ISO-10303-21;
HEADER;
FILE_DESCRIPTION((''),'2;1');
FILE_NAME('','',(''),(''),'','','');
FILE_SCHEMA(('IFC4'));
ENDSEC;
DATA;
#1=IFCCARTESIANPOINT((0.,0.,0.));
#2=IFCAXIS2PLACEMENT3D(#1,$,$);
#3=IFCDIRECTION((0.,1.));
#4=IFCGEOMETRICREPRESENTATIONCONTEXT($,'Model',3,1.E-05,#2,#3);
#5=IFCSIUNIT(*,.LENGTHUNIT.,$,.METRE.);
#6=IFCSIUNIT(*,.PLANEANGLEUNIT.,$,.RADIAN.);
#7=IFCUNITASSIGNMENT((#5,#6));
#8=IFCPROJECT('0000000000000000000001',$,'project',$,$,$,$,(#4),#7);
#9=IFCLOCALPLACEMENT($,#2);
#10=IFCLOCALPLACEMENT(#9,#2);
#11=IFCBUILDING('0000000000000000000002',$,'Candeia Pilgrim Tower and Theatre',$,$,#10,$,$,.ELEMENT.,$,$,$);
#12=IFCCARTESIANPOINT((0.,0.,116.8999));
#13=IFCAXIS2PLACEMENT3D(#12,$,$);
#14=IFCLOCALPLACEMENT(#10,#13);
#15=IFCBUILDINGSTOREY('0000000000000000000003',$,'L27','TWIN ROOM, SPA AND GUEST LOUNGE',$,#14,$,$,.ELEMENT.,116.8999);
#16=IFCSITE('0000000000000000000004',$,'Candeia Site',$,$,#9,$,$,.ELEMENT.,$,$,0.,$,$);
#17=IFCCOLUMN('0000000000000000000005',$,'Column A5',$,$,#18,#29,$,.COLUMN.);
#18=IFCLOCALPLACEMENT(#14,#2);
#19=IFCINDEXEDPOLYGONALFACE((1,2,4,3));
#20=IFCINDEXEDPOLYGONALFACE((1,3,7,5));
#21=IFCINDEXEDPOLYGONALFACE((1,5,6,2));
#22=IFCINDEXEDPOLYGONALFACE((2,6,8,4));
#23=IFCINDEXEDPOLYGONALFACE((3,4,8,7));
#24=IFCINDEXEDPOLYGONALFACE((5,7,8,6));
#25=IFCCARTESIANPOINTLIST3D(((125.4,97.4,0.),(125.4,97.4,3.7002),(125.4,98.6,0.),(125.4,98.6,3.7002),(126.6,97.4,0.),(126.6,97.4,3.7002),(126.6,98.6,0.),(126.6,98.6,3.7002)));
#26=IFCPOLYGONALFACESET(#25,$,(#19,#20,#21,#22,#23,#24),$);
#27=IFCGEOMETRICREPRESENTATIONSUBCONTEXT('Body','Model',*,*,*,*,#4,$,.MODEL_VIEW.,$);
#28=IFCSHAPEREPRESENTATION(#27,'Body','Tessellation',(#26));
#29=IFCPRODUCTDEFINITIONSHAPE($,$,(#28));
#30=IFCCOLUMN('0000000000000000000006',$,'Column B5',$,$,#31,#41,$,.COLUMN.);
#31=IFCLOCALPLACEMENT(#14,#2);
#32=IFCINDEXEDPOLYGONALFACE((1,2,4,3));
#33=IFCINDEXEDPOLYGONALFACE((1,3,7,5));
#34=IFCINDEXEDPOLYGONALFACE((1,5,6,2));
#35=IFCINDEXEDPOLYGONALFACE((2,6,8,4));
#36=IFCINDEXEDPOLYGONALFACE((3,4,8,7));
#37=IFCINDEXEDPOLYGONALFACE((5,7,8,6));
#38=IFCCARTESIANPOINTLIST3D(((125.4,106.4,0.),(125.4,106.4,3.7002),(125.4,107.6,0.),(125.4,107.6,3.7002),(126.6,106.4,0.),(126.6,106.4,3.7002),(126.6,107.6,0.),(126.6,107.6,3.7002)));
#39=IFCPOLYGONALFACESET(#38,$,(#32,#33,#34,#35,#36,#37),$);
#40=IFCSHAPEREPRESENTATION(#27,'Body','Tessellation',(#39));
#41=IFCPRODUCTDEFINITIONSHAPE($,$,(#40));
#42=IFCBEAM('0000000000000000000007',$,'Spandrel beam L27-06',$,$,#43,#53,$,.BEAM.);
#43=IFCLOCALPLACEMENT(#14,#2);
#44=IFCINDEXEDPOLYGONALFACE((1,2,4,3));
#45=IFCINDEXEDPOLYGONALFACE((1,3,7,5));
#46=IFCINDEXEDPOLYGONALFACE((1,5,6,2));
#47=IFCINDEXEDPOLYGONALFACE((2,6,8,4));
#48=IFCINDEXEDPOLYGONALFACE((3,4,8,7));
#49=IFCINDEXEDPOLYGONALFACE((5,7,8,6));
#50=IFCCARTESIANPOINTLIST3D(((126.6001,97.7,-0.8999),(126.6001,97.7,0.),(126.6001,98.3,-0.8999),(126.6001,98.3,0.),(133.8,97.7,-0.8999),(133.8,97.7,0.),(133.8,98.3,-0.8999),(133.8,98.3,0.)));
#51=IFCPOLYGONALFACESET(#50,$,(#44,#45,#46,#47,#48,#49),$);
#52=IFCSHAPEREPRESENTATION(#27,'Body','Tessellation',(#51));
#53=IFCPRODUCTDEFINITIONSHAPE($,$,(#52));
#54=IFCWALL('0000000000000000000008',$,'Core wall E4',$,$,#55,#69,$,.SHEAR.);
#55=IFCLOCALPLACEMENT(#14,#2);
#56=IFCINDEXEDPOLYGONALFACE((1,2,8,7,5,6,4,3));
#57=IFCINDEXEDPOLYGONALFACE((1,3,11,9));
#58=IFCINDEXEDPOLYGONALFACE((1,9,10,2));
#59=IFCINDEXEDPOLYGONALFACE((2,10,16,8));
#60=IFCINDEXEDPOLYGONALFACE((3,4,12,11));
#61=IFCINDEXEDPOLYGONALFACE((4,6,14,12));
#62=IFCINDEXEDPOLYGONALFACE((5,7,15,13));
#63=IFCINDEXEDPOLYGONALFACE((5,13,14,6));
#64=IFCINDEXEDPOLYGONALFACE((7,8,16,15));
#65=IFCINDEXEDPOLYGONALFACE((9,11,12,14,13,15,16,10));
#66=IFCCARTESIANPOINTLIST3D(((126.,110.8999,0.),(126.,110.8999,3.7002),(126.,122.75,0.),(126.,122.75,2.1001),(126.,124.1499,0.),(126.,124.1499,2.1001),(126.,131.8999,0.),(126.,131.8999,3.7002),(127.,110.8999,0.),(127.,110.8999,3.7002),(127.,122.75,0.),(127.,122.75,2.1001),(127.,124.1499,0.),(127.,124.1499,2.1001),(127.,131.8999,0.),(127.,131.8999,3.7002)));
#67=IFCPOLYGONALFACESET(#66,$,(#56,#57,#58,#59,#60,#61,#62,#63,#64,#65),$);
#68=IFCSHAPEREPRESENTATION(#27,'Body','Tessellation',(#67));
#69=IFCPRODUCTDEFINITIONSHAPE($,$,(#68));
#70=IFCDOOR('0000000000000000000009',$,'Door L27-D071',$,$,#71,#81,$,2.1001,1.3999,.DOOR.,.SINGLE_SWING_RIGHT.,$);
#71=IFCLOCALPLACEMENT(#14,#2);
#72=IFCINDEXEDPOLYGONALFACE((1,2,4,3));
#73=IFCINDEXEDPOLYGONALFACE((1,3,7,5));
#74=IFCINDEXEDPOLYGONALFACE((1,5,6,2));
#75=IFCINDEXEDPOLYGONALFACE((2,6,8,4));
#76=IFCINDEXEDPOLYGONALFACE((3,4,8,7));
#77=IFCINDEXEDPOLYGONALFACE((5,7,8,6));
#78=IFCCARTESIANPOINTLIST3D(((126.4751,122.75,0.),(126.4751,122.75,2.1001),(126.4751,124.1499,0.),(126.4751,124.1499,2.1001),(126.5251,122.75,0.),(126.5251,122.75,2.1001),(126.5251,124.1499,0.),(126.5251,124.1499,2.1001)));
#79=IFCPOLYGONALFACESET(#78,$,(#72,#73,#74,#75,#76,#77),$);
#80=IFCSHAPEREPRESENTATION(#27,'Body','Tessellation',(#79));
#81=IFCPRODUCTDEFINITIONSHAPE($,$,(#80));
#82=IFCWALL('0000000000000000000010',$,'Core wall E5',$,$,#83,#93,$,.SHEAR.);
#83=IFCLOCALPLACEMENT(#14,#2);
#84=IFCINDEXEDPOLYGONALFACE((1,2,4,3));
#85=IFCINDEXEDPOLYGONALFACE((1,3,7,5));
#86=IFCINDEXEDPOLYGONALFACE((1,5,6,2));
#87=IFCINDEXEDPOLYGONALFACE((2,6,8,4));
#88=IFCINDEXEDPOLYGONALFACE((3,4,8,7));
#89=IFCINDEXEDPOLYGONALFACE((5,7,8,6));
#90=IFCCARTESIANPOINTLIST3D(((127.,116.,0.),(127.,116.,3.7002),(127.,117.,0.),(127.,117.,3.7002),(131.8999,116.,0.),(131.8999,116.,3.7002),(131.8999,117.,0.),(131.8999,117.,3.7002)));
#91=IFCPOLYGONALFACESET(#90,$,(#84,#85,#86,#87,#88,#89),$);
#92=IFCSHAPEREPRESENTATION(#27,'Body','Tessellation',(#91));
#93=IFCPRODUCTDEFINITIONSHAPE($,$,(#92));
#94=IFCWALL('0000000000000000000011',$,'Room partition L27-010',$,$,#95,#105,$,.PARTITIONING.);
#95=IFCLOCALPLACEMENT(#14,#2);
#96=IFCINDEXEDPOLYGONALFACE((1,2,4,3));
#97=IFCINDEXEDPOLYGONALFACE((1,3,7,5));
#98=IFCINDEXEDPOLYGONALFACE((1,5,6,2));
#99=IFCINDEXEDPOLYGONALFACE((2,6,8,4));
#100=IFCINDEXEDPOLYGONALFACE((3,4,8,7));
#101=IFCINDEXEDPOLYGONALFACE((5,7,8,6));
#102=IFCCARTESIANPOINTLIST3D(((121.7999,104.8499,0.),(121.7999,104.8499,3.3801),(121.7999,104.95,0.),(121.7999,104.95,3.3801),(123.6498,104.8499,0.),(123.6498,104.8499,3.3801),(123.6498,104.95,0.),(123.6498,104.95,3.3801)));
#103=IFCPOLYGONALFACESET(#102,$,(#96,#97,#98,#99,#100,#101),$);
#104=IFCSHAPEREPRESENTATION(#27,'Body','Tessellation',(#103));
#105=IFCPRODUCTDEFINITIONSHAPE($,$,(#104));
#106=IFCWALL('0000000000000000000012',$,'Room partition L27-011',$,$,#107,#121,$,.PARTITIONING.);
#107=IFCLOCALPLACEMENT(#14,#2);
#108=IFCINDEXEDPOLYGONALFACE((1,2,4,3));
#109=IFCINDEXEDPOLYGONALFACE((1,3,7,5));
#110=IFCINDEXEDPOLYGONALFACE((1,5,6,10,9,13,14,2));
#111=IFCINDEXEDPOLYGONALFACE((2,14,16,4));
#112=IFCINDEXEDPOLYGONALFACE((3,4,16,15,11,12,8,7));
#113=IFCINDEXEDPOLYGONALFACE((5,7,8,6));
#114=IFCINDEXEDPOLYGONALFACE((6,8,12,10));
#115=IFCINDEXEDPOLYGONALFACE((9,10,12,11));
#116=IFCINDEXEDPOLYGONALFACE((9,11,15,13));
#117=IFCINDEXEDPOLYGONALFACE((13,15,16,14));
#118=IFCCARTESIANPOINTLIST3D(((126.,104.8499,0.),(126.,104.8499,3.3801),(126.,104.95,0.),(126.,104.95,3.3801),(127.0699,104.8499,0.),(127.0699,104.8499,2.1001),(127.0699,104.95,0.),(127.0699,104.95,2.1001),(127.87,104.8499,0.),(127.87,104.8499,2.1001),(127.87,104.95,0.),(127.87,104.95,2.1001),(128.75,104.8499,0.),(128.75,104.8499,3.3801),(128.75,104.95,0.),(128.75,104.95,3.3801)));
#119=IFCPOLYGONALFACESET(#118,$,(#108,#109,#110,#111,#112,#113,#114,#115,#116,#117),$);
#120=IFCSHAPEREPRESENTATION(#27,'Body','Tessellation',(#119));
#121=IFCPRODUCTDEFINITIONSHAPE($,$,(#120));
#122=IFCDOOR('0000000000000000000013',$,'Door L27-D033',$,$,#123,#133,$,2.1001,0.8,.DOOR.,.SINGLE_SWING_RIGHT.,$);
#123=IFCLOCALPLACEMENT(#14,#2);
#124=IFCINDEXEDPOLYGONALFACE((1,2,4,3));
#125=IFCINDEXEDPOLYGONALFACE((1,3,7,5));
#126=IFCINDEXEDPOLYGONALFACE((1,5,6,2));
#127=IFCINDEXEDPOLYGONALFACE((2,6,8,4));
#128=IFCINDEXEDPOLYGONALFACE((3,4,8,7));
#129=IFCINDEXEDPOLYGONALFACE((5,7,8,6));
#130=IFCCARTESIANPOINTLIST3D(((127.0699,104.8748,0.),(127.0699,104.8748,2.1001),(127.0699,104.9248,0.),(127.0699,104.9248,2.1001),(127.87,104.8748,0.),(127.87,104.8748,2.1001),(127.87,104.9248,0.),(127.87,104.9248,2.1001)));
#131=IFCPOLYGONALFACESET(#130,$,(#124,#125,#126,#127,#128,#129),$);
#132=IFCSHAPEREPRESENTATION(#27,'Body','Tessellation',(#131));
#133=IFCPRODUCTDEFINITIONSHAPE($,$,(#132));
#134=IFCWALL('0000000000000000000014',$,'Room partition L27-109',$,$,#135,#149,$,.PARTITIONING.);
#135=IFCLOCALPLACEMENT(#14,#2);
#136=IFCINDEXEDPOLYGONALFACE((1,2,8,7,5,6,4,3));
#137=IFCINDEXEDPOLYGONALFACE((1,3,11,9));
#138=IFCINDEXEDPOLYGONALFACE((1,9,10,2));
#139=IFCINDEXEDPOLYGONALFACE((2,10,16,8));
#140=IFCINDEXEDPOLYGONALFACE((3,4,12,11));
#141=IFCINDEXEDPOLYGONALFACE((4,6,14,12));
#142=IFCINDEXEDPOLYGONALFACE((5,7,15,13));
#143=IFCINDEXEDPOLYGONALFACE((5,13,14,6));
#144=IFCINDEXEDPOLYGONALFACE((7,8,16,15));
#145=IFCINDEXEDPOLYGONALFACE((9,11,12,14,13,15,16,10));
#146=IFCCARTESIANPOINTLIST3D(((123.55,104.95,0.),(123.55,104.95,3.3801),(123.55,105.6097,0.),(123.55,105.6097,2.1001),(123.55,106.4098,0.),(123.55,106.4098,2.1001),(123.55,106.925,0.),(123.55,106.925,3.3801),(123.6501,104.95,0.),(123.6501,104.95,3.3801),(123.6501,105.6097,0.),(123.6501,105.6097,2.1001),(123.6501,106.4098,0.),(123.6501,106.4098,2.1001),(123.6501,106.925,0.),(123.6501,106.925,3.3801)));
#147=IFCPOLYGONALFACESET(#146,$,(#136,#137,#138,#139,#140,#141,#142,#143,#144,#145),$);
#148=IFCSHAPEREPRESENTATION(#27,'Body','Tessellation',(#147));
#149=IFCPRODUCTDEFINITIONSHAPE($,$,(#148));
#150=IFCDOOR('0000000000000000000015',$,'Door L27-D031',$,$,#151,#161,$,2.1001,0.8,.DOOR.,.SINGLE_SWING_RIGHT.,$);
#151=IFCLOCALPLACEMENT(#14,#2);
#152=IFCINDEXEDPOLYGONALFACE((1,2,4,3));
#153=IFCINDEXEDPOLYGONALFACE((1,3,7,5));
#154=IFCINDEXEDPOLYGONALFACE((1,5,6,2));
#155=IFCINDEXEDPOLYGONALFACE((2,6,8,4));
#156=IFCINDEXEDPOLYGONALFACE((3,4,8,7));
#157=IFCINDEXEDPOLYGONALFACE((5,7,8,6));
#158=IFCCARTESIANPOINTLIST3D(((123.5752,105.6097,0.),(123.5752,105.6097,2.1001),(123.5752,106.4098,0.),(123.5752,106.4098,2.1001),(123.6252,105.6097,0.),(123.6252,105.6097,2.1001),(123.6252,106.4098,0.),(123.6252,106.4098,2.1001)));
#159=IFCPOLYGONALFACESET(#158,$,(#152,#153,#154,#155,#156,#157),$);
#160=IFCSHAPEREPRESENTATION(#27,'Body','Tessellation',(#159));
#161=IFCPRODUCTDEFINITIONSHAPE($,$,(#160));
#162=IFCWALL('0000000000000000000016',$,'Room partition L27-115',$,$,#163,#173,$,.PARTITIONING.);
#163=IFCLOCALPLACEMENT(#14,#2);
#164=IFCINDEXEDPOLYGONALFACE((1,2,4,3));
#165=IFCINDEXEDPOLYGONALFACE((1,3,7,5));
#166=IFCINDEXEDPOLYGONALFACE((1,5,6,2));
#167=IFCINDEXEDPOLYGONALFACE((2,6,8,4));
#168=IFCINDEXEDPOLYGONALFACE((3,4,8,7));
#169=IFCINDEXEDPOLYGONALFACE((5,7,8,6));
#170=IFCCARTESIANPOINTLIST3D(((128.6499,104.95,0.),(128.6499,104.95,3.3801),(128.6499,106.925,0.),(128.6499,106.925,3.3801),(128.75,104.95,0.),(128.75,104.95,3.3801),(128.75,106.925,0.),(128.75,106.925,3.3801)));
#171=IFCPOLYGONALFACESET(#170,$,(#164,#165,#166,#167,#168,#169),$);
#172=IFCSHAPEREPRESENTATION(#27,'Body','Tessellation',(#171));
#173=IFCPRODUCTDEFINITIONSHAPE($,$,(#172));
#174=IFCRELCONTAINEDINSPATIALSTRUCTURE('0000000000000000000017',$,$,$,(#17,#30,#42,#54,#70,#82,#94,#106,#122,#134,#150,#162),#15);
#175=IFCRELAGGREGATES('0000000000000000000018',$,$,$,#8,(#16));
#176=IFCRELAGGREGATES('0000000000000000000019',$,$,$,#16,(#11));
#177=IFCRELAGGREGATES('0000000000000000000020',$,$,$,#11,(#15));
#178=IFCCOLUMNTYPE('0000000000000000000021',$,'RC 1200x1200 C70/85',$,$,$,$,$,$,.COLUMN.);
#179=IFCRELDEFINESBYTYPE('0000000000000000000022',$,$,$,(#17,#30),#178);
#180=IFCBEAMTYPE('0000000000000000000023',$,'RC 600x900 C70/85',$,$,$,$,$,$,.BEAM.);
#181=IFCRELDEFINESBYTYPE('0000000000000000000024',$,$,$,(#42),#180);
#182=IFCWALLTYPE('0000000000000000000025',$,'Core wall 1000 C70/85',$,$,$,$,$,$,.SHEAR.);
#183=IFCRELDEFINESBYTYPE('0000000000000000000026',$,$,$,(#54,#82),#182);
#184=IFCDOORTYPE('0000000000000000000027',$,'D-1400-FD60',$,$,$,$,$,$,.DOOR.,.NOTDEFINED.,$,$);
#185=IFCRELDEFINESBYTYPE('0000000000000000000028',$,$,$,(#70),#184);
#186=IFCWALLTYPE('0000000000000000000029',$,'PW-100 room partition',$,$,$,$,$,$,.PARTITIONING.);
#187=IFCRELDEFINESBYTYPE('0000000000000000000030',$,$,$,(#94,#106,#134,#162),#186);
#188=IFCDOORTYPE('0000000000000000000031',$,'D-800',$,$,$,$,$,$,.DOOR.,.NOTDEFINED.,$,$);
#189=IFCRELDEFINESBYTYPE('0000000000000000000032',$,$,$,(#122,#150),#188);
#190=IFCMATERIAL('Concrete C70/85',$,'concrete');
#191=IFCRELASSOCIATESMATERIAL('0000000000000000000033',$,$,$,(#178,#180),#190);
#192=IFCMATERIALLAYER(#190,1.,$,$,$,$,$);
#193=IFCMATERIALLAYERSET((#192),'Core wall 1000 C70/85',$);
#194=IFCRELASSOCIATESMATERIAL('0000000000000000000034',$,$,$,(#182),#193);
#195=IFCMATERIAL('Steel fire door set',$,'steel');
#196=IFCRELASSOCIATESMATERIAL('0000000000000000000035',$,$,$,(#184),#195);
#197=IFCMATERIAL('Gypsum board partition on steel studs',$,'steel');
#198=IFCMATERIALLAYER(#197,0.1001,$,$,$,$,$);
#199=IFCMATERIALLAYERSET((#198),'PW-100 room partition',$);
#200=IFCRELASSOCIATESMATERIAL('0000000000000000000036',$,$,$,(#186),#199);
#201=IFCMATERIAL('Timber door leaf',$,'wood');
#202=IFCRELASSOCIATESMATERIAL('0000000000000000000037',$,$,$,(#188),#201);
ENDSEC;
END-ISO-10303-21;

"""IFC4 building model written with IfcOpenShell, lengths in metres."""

from ifc_helpers import new_model, si_unit, direction, frame, frame_2d, origin, origin_2d, place, context, subcontext, project, spatial, rectangle, extrude, material, layer, layer_set, material_profile, profile_set, type_object, element, fill, save


model = new_model("IFC4")

# Units and contexts
model_context = context("Model", 3, precision=1e-05, world=origin(), true_north=direction((0.0, 1.0)))
body_context = subcontext(model_context, "Body", "Model", "MODEL_VIEW")
ifc_project = project(units=[si_unit("LENGTHUNIT", "METRE"), si_unit("PLANEANGLEUNIT", "RADIAN")], contexts=[model_context])

# Site, building, storey
site_placement = place(None, origin())
site = spatial("IfcSite", under=ifc_project, at=site_placement, Name="Candeia Site", CompositionType="ELEMENT", RefElevation=0.0)
building_placement = place(site_placement, origin())
building = spatial("IfcBuilding", under=site, at=building_placement, Name="Candeia Pilgrim Tower and Theatre", CompositionType="ELEMENT")
storey_placement = place(building_placement, frame((0.0, 0.0, 116.8999)))
storey = spatial("IfcBuildingStorey", under=building, at=storey_placement, Name="L27", Description="TWIN ROOM, SPA AND GUEST LOUNGE", CompositionType="ELEMENT", Elevation=116.8999)

# Columns
ifc_material_1 = material(Name="Concrete C70/85", Category="concrete")
ifc_material_profile_1 = material_profile(ifc_material_1, rectangle(XDim=1.2, YDim=1.2, at=origin_2d()))
ifc_profile_set_1 = profile_set([ifc_material_profile_1], Name="Concrete C70/85")
column_type = type_object("IfcColumnType", Name="RC 1200x1200 C70/85", PredefinedType="COLUMN", material=ifc_profile_set_1)
for number, where, z_axis, x_axis, name in (
    (1, (126.0, 98.0, 0.0), (0.0, 0.0, 1.0), (1.0, 0.0, 0.0), "Column A5"),
    (2, (126.0, 107.0, 0.0), (0.0, 0.0, 1.0), (1.0, 0.0, 0.0), "Column B5"),
):
    element("IfcColumn", number, at=place(storey_placement, frame(where, z_axis=z_axis, x_axis=x_axis)), inside=storey, type_object=column_type, Name=name, PredefinedType="COLUMN", context=body_context, shape_type="SweptSolid", body=[
        extrude(rectangle(XDim=1.2, YDim=1.2, at=origin_2d()), origin(), (0.0, 0.0, 1.0), 3.7002),
    ])

# Beam
ifc_material_profile_2 = material_profile(ifc_material_1, rectangle(XDim=0.6001, YDim=0.8999, at=origin_2d()))
ifc_profile_set_2 = profile_set([ifc_material_profile_2], Name="Concrete C70/85")
beam_type = type_object("IfcBeamType", Name="RC 600x900 C70/85", PredefinedType="BEAM", material=ifc_profile_set_2)
beam_placement = place(storey_placement, frame((126.6001, 98.0, -0.45), z_axis=(1.0, 0.0, 0.0), x_axis=(0.0, 1.0, 0.0)))
element("IfcBeam", 3, at=beam_placement, inside=storey, type_object=beam_type, Name="Spandrel beam L27-06", PredefinedType="BEAM", context=body_context, shape_type="SweptSolid", body=[
    extrude(rectangle(XDim=0.6001, YDim=0.8999, at=origin_2d()), origin(), (0.0, 0.0, 1.0), 7.2),
])

# Wall, opening, door
ifc_layer_1 = layer(ifc_material_1, 1.0)
ifc_layer_set_1 = layer_set([ifc_layer_1], Name="Core wall 1000 C70/85")
wall_type_1 = type_object("IfcWallType", Name="Core wall 1000 C70/85", PredefinedType="SHEAR", material=ifc_layer_set_1)
wall_1_placement = place(storey_placement, frame((126.5, 110.8999, 0.0), z_axis=(0.0, 0.0, 1.0), x_axis=(0.0, 1.0, 0.0)))
wall_1 = element("IfcWall", 4, at=wall_1_placement, inside=storey, type_object=wall_type_1, Name="Core wall E4", PredefinedType="SHEAR", context=body_context, shape_type="SweptSolid", body=[
    extrude(rectangle(XDim=21.0, YDim=1.0, at=frame_2d((10.5, 0.0))), origin(), (0.0, 0.0, 1.0), 3.7002),
])
opening_1_placement = place(wall_1_placement, frame((11.8501, 0.0, 0.0)))
opening_1 = element("IfcOpeningElement", 5, at=opening_1_placement, cuts=wall_1, PredefinedType="OPENING", context=body_context, shape_type="SweptSolid", body=[
    extrude(rectangle(XDim=1.3999, YDim=2.1001, at=frame_2d((0.7, 1.05))), frame((0.0, 0.51, 0.0), z_axis=(0.0, -1.0, 0.0), x_axis=(1.0, 0.0, 0.0)), (0.0, 0.0, 1.0), 1.02),
])
ifc_material_2 = material(Name="Steel fire door set", Category="steel")
door_type_1 = type_object("IfcDoorType", Name="D-1400-FD60", OperationType="NOTDEFINED", PredefinedType="DOOR", material=ifc_material_2)
door_1_placement = place(opening_1_placement, origin())
door_1 = element("IfcDoor", 6, at=door_1_placement, inside=storey, type_object=door_type_1, Name="Door L27-D071", OperationType="SINGLE_SWING_RIGHT", OverallHeight=2.1001, OverallWidth=1.3999, PredefinedType="DOOR", context=body_context, shape_type="SweptSolid", body=[
    extrude(rectangle(XDim=1.3999, YDim=2.1001, at=frame_2d((0.7, 1.05))), frame((0.0, 0.0249, 0.0), z_axis=(0.0, -1.0, 0.0), x_axis=(1.0, 0.0, 0.0)), (0.0, 0.0, 1.0), 0.05),
])
fill(opening_1, door_1)

# Walls
wall_2_placement = place(storey_placement, frame((127.0, 116.5, 0.0), z_axis=(0.0, 0.0, 1.0), x_axis=(1.0, 0.0, 0.0)))
element("IfcWall", 7, at=wall_2_placement, inside=storey, type_object=wall_type_1, Name="Core wall E5", PredefinedType="SHEAR", context=body_context, shape_type="SweptSolid", body=[
    extrude(rectangle(XDim=4.8999, YDim=1.0, at=frame_2d((2.45, 0.0))), origin(), (0.0, 0.0, 1.0), 3.7002),
])
ifc_material_3 = material(Name="Gypsum board partition on steel studs", Category="steel")
ifc_layer_2 = layer(ifc_material_3, 0.1001)
ifc_layer_set_2 = layer_set([ifc_layer_2], Name="PW-100 room partition")
wall_type_2 = type_object("IfcWallType", Name="PW-100 room partition", PredefinedType="PARTITIONING", material=ifc_layer_set_2)
wall_3_placement = place(storey_placement, frame((121.8, 104.8999, 0.0), z_axis=(0.0, 0.0, 1.0), x_axis=(1.0, 0.0, 0.0)))
element("IfcWall", 8, at=wall_3_placement, inside=storey, type_object=wall_type_2, Name="Room partition L27-010", PredefinedType="PARTITIONING", context=body_context, shape_type="SweptSolid", body=[
    extrude(rectangle(XDim=1.8499, YDim=0.1001, at=frame_2d((0.9248, 0.0))), origin(), (0.0, 0.0, 1.0), 3.3801),
])

# Walls, openings, doors
wall_4_placement = place(storey_placement, frame((126.0, 104.8999, 0.0), z_axis=(0.0, 0.0, 1.0), x_axis=(1.0, 0.0, 0.0)))
wall_4 = element("IfcWall", 9, at=wall_4_placement, inside=storey, type_object=wall_type_2, Name="Room partition L27-011", PredefinedType="PARTITIONING", context=body_context, shape_type="SweptSolid", body=[
    extrude(rectangle(XDim=2.75, YDim=0.1001, at=frame_2d((1.375, 0.0))), origin(), (0.0, 0.0, 1.0), 3.3801),
])
opening_2_placement = place(wall_4_placement, frame((1.0701, 0.0, 0.0)))
opening_2 = element("IfcOpeningElement", 10, at=opening_2_placement, cuts=wall_4, PredefinedType="OPENING", context=body_context, shape_type="SweptSolid", body=[
    extrude(rectangle(XDim=0.8, YDim=2.1001, at=frame_2d((0.3999, 1.05))), frame((0.0, 0.0601, 0.0), z_axis=(0.0, -1.0, 0.0), x_axis=(1.0, 0.0, 0.0)), (0.0, 0.0, 1.0), 0.1201),
])
ifc_material_4 = material(Name="Timber door leaf", Category="wood")
door_type_2 = type_object("IfcDoorType", Name="D-800", OperationType="NOTDEFINED", PredefinedType="DOOR", material=ifc_material_4)
door_2_placement = place(opening_2_placement, origin())
door_2 = element("IfcDoor", 11, at=door_2_placement, inside=storey, type_object=door_type_2, Name="Door L27-D033", OperationType="SINGLE_SWING_RIGHT", OverallHeight=2.1001, OverallWidth=0.8, PredefinedType="DOOR", context=body_context, shape_type="SweptSolid", body=[
    extrude(rectangle(XDim=0.8, YDim=2.1001, at=frame_2d((0.3999, 1.05))), frame((0.0, 0.0249, 0.0), z_axis=(0.0, -1.0, 0.0), x_axis=(1.0, 0.0, 0.0)), (0.0, 0.0, 1.0), 0.05),
])
fill(opening_2, door_2)
wall_5_placement = place(storey_placement, frame((123.6001, 104.95, 0.0), z_axis=(0.0, 0.0, 1.0), x_axis=(0.0, 1.0, 0.0)))
wall_5 = element("IfcWall", 12, at=wall_5_placement, inside=storey, type_object=wall_type_2, Name="Room partition L27-109", PredefinedType="PARTITIONING", context=body_context, shape_type="SweptSolid", body=[
    extrude(rectangle(XDim=1.9751, YDim=0.1001, at=frame_2d((0.9875, 0.0))), origin(), (0.0, 0.0, 1.0), 3.3801),
])
opening_3_placement = place(wall_5_placement, frame((0.6599, 0.0, 0.0)))
opening_3 = element("IfcOpeningElement", 13, at=opening_3_placement, cuts=wall_5, PredefinedType="OPENING", context=body_context, shape_type="SweptSolid", body=[
    extrude(rectangle(XDim=0.8, YDim=2.1001, at=frame_2d((0.3999, 1.05))), frame((0.0, 0.0601, 0.0), z_axis=(0.0, -1.0, 0.0), x_axis=(1.0, 0.0, 0.0)), (0.0, 0.0, 1.0), 0.1201),
])
door_3_placement = place(opening_3_placement, origin())
door_3 = element("IfcDoor", 14, at=door_3_placement, inside=storey, type_object=door_type_2, Name="Door L27-D031", OperationType="SINGLE_SWING_RIGHT", OverallHeight=2.1001, OverallWidth=0.8, PredefinedType="DOOR", context=body_context, shape_type="SweptSolid", body=[
    extrude(rectangle(XDim=0.8, YDim=2.1001, at=frame_2d((0.3999, 1.05))), frame((0.0, 0.0249, 0.0), z_axis=(0.0, -1.0, 0.0), x_axis=(1.0, 0.0, 0.0)), (0.0, 0.0, 1.0), 0.05),
])
fill(opening_3, door_3)

# Wall
wall_6_placement = place(storey_placement, frame((128.7, 104.95, 0.0), z_axis=(0.0, 0.0, 1.0), x_axis=(0.0, 1.0, 0.0)))
element("IfcWall", 15, at=wall_6_placement, inside=storey, type_object=wall_type_2, Name="Room partition L27-115", PredefinedType="PARTITIONING", context=body_context, shape_type="SweptSolid", body=[
    extrude(rectangle(XDim=1.9751, YDim=0.1001, at=frame_2d((0.9875, 0.0))), origin(), (0.0, 0.0, 1.0), 3.3801),
])

save(model, "model.ifc")
